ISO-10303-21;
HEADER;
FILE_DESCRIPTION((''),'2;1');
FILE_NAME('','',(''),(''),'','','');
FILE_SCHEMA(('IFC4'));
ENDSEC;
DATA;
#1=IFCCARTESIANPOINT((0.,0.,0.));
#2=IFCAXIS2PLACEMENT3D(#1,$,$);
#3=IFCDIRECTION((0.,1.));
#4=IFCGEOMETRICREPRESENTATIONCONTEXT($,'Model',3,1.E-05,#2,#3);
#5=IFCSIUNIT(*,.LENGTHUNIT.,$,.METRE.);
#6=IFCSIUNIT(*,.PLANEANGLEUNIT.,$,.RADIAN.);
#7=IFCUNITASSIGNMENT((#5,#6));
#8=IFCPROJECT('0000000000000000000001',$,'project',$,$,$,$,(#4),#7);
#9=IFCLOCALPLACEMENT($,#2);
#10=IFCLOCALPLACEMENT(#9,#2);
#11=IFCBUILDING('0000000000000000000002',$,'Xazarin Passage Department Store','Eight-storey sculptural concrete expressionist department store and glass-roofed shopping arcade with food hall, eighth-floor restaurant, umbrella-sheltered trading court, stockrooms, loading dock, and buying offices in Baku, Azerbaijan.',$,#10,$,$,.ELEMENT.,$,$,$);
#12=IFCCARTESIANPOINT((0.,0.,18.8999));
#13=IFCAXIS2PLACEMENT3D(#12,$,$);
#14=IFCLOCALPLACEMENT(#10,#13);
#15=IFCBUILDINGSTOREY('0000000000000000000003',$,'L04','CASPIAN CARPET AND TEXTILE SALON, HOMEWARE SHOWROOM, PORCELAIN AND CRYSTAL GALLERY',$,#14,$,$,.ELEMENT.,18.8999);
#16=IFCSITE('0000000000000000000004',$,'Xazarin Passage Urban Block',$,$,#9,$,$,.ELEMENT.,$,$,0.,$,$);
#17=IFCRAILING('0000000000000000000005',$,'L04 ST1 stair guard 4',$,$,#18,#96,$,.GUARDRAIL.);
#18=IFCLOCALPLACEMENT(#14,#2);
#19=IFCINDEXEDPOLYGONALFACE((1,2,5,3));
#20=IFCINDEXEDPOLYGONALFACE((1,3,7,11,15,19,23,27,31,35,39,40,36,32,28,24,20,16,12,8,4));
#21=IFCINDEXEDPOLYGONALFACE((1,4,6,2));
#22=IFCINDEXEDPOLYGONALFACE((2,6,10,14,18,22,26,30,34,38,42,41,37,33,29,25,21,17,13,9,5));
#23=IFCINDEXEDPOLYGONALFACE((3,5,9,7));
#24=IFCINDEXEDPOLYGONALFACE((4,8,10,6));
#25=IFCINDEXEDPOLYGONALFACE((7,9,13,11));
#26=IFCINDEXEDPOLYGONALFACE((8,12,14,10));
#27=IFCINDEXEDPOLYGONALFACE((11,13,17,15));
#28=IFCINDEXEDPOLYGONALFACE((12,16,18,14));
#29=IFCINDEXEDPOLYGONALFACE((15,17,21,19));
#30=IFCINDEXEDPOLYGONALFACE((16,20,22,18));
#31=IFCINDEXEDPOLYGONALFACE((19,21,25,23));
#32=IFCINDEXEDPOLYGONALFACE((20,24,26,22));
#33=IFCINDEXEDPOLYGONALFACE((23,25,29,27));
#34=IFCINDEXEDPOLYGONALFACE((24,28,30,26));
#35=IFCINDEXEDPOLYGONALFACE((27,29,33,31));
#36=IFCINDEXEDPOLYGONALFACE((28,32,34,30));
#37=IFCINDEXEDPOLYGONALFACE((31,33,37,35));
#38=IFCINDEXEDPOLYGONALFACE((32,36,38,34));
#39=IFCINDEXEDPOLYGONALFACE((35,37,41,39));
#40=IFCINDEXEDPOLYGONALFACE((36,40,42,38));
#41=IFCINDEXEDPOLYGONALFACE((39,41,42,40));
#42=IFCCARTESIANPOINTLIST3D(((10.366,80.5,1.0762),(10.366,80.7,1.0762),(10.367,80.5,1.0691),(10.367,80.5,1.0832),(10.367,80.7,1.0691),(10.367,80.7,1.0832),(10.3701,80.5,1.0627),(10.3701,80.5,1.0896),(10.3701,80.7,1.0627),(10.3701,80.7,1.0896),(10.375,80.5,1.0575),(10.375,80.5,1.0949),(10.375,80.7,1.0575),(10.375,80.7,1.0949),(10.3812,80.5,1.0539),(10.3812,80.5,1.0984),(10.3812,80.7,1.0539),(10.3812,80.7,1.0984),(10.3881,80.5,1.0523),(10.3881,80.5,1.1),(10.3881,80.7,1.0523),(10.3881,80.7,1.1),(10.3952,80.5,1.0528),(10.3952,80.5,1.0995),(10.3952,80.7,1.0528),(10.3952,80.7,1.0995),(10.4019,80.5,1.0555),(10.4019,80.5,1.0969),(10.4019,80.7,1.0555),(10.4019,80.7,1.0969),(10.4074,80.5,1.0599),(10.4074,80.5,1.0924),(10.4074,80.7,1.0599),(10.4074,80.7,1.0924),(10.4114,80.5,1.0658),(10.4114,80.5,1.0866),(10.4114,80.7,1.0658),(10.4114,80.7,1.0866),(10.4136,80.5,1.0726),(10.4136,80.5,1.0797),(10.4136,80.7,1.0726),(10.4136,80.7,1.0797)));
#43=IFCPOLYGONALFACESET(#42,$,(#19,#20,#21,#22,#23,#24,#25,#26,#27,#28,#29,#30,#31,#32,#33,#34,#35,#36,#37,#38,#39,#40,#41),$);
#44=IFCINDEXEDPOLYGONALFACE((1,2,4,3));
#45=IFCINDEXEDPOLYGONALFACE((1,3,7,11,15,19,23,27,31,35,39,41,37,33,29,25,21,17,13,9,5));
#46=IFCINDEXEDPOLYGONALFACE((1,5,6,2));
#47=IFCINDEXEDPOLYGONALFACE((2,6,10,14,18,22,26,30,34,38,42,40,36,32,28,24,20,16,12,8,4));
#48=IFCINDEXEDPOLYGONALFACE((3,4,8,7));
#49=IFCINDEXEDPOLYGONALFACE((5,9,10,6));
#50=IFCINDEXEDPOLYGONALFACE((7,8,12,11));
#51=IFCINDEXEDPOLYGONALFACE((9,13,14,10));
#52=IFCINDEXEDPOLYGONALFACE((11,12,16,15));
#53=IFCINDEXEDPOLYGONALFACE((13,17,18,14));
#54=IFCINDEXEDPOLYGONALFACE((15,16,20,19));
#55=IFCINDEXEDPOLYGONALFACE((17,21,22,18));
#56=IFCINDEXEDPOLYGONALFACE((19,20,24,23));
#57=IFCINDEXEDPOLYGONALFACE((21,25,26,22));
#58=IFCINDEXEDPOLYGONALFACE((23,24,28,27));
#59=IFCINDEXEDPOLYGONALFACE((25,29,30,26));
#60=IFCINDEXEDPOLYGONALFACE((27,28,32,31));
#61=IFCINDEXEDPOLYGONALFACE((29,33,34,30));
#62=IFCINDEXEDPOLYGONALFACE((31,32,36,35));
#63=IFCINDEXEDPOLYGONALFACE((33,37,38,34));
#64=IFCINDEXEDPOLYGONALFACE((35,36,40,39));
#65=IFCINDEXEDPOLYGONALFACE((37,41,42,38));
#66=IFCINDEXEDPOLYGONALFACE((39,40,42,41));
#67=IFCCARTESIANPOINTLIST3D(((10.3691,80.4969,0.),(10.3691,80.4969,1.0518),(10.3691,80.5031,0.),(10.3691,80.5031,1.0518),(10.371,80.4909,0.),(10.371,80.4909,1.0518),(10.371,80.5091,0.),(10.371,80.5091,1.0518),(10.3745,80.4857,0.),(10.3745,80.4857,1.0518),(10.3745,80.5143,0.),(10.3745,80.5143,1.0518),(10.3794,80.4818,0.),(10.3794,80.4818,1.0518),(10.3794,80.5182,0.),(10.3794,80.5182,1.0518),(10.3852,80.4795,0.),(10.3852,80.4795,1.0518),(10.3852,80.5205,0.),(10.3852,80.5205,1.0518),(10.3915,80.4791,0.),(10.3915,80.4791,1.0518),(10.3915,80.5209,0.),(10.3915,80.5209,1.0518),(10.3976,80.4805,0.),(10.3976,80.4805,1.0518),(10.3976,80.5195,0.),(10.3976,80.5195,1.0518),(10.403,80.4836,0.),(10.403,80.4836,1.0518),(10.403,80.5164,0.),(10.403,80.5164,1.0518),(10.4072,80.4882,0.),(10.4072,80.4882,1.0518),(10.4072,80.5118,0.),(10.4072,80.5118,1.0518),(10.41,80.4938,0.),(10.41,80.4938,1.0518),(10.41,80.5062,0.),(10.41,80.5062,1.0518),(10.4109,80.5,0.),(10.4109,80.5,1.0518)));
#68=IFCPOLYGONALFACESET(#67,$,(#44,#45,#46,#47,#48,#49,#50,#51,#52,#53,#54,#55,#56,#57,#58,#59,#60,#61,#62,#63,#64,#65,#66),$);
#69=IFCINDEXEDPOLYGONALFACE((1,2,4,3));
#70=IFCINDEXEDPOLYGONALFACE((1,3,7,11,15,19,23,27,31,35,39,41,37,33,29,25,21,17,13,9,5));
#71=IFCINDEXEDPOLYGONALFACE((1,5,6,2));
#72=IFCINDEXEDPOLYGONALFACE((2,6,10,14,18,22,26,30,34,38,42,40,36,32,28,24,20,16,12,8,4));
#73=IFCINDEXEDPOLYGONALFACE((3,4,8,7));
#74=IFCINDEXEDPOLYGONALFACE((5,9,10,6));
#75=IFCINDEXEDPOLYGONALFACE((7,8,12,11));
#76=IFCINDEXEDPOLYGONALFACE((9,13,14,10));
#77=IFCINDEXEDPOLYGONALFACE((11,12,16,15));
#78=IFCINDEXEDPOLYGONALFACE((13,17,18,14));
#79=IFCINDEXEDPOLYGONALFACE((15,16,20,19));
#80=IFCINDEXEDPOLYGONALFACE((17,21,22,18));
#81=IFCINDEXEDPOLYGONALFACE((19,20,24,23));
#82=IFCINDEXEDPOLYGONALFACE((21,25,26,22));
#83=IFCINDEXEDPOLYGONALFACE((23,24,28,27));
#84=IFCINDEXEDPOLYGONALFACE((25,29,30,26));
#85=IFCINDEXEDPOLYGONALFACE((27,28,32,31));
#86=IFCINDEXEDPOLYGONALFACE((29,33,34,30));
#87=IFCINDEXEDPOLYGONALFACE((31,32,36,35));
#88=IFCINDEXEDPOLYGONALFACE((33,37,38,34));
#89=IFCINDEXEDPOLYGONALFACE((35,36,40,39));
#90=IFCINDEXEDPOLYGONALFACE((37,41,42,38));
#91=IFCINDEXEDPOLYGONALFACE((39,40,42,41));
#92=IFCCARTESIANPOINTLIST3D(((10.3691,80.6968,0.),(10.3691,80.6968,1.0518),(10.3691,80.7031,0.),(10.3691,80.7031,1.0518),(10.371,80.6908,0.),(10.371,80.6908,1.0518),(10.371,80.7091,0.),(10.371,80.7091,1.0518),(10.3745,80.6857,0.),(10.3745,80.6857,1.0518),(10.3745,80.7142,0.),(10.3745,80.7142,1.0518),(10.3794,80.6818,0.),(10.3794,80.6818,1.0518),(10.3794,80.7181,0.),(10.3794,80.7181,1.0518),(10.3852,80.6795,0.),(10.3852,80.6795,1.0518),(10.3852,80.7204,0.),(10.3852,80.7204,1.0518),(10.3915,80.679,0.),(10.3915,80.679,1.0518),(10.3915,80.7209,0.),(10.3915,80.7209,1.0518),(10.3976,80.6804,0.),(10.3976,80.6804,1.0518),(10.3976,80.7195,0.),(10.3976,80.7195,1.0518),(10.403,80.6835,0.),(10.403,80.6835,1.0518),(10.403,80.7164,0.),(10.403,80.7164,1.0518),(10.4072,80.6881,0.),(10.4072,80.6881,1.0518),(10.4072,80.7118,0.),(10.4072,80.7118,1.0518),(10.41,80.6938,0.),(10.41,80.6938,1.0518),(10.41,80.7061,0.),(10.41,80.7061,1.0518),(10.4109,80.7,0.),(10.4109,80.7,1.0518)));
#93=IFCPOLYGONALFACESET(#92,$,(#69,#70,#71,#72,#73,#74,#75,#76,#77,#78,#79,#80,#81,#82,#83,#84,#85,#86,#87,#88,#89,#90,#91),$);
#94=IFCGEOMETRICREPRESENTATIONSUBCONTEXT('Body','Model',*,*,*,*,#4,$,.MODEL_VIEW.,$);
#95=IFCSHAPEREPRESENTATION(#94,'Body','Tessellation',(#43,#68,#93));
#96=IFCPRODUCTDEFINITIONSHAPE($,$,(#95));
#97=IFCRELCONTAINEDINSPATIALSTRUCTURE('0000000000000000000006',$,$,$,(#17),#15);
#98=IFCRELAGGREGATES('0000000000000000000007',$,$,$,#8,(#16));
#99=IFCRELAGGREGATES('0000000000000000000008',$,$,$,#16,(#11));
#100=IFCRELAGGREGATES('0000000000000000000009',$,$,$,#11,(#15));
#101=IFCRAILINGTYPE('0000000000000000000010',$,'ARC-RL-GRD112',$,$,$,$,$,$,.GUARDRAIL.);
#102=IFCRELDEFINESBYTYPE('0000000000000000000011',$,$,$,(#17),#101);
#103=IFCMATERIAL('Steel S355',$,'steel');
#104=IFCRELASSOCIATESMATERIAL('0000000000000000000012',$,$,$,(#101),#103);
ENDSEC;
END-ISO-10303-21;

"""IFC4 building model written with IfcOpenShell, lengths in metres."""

from ifc_helpers import new_model, si_unit, direction, frame, origin, origin_2d, place, context, subcontext, project, spatial, circle, extrude, material, type_object, element, save


model = new_model("IFC4")

# Units and contexts
model_context = context("Model", 3, precision=1e-05, world=origin(), true_north=direction((0.0, 1.0)))
body_context = subcontext(model_context, "Body", "Model", "MODEL_VIEW")
ifc_project = project(units=[si_unit("LENGTHUNIT", "METRE"), si_unit("PLANEANGLEUNIT", "RADIAN")], contexts=[model_context])

# Site, building, storey
site_placement = place(None, origin())
site = spatial("IfcSite", under=ifc_project, at=site_placement, Name="Xazarin Passage Urban Block", CompositionType="ELEMENT", RefElevation=0.0)
building_placement = place(site_placement, origin())
building = spatial("IfcBuilding", under=site, at=building_placement, Name="Xazarin Passage Department Store", Description="Eight-storey sculptural concrete expressionist department store and glass-roofed shopping arcade with food hall, eighth-floor restaurant, umbrella-sheltered trading court, stockrooms, loading dock, and buying offices in Baku, Azerbaijan.", CompositionType="ELEMENT")
storey_placement = place(building_placement, frame((0.0, 0.0, 18.8999)))
storey = spatial("IfcBuildingStorey", under=building, at=storey_placement, Name="L04", Description="CASPIAN CARPET AND TEXTILE SALON, HOMEWARE SHOWROOM, PORCELAIN AND CRYSTAL GALLERY", CompositionType="ELEMENT", Elevation=18.8999)

# Shared definitions
ifc_material_1 = material(Name="Steel S355", Category="steel")

# Railing
railing_type_1 = type_object("IfcRailingType", Name="ARC-RL-GRD112", PredefinedType="GUARDRAIL", material=ifc_material_1)
railing_1_placement = place(storey_placement, frame((10.3899, 80.5, 0.0)))
element("IfcRailing", 1, at=railing_1_placement, inside=storey, type_object=railing_type_1, Name="L04 ST1 stair guard 4", PredefinedType="GUARDRAIL", context=body_context, shape_type="SweptSolid", body=[
    extrude(circle(Radius=0.0239, at=origin_2d()), frame((0.0, 0.0, 1.0762), z_axis=(0.0, 1.0, 0.0), x_axis=(-1.0, 0.0, 0.0)), (0.0, 0.0, 1.0), 0.2),
    extrude(circle(Radius=0.021, at=origin_2d()), origin(), (0.0, 0.0, 1.0), 1.0518),
    extrude(circle(Radius=0.021, at=origin_2d()), frame((0.0, 0.2, 0.0)), (0.0, 0.0, 1.0), 1.0518),
])

save(model, "model.ifc")
